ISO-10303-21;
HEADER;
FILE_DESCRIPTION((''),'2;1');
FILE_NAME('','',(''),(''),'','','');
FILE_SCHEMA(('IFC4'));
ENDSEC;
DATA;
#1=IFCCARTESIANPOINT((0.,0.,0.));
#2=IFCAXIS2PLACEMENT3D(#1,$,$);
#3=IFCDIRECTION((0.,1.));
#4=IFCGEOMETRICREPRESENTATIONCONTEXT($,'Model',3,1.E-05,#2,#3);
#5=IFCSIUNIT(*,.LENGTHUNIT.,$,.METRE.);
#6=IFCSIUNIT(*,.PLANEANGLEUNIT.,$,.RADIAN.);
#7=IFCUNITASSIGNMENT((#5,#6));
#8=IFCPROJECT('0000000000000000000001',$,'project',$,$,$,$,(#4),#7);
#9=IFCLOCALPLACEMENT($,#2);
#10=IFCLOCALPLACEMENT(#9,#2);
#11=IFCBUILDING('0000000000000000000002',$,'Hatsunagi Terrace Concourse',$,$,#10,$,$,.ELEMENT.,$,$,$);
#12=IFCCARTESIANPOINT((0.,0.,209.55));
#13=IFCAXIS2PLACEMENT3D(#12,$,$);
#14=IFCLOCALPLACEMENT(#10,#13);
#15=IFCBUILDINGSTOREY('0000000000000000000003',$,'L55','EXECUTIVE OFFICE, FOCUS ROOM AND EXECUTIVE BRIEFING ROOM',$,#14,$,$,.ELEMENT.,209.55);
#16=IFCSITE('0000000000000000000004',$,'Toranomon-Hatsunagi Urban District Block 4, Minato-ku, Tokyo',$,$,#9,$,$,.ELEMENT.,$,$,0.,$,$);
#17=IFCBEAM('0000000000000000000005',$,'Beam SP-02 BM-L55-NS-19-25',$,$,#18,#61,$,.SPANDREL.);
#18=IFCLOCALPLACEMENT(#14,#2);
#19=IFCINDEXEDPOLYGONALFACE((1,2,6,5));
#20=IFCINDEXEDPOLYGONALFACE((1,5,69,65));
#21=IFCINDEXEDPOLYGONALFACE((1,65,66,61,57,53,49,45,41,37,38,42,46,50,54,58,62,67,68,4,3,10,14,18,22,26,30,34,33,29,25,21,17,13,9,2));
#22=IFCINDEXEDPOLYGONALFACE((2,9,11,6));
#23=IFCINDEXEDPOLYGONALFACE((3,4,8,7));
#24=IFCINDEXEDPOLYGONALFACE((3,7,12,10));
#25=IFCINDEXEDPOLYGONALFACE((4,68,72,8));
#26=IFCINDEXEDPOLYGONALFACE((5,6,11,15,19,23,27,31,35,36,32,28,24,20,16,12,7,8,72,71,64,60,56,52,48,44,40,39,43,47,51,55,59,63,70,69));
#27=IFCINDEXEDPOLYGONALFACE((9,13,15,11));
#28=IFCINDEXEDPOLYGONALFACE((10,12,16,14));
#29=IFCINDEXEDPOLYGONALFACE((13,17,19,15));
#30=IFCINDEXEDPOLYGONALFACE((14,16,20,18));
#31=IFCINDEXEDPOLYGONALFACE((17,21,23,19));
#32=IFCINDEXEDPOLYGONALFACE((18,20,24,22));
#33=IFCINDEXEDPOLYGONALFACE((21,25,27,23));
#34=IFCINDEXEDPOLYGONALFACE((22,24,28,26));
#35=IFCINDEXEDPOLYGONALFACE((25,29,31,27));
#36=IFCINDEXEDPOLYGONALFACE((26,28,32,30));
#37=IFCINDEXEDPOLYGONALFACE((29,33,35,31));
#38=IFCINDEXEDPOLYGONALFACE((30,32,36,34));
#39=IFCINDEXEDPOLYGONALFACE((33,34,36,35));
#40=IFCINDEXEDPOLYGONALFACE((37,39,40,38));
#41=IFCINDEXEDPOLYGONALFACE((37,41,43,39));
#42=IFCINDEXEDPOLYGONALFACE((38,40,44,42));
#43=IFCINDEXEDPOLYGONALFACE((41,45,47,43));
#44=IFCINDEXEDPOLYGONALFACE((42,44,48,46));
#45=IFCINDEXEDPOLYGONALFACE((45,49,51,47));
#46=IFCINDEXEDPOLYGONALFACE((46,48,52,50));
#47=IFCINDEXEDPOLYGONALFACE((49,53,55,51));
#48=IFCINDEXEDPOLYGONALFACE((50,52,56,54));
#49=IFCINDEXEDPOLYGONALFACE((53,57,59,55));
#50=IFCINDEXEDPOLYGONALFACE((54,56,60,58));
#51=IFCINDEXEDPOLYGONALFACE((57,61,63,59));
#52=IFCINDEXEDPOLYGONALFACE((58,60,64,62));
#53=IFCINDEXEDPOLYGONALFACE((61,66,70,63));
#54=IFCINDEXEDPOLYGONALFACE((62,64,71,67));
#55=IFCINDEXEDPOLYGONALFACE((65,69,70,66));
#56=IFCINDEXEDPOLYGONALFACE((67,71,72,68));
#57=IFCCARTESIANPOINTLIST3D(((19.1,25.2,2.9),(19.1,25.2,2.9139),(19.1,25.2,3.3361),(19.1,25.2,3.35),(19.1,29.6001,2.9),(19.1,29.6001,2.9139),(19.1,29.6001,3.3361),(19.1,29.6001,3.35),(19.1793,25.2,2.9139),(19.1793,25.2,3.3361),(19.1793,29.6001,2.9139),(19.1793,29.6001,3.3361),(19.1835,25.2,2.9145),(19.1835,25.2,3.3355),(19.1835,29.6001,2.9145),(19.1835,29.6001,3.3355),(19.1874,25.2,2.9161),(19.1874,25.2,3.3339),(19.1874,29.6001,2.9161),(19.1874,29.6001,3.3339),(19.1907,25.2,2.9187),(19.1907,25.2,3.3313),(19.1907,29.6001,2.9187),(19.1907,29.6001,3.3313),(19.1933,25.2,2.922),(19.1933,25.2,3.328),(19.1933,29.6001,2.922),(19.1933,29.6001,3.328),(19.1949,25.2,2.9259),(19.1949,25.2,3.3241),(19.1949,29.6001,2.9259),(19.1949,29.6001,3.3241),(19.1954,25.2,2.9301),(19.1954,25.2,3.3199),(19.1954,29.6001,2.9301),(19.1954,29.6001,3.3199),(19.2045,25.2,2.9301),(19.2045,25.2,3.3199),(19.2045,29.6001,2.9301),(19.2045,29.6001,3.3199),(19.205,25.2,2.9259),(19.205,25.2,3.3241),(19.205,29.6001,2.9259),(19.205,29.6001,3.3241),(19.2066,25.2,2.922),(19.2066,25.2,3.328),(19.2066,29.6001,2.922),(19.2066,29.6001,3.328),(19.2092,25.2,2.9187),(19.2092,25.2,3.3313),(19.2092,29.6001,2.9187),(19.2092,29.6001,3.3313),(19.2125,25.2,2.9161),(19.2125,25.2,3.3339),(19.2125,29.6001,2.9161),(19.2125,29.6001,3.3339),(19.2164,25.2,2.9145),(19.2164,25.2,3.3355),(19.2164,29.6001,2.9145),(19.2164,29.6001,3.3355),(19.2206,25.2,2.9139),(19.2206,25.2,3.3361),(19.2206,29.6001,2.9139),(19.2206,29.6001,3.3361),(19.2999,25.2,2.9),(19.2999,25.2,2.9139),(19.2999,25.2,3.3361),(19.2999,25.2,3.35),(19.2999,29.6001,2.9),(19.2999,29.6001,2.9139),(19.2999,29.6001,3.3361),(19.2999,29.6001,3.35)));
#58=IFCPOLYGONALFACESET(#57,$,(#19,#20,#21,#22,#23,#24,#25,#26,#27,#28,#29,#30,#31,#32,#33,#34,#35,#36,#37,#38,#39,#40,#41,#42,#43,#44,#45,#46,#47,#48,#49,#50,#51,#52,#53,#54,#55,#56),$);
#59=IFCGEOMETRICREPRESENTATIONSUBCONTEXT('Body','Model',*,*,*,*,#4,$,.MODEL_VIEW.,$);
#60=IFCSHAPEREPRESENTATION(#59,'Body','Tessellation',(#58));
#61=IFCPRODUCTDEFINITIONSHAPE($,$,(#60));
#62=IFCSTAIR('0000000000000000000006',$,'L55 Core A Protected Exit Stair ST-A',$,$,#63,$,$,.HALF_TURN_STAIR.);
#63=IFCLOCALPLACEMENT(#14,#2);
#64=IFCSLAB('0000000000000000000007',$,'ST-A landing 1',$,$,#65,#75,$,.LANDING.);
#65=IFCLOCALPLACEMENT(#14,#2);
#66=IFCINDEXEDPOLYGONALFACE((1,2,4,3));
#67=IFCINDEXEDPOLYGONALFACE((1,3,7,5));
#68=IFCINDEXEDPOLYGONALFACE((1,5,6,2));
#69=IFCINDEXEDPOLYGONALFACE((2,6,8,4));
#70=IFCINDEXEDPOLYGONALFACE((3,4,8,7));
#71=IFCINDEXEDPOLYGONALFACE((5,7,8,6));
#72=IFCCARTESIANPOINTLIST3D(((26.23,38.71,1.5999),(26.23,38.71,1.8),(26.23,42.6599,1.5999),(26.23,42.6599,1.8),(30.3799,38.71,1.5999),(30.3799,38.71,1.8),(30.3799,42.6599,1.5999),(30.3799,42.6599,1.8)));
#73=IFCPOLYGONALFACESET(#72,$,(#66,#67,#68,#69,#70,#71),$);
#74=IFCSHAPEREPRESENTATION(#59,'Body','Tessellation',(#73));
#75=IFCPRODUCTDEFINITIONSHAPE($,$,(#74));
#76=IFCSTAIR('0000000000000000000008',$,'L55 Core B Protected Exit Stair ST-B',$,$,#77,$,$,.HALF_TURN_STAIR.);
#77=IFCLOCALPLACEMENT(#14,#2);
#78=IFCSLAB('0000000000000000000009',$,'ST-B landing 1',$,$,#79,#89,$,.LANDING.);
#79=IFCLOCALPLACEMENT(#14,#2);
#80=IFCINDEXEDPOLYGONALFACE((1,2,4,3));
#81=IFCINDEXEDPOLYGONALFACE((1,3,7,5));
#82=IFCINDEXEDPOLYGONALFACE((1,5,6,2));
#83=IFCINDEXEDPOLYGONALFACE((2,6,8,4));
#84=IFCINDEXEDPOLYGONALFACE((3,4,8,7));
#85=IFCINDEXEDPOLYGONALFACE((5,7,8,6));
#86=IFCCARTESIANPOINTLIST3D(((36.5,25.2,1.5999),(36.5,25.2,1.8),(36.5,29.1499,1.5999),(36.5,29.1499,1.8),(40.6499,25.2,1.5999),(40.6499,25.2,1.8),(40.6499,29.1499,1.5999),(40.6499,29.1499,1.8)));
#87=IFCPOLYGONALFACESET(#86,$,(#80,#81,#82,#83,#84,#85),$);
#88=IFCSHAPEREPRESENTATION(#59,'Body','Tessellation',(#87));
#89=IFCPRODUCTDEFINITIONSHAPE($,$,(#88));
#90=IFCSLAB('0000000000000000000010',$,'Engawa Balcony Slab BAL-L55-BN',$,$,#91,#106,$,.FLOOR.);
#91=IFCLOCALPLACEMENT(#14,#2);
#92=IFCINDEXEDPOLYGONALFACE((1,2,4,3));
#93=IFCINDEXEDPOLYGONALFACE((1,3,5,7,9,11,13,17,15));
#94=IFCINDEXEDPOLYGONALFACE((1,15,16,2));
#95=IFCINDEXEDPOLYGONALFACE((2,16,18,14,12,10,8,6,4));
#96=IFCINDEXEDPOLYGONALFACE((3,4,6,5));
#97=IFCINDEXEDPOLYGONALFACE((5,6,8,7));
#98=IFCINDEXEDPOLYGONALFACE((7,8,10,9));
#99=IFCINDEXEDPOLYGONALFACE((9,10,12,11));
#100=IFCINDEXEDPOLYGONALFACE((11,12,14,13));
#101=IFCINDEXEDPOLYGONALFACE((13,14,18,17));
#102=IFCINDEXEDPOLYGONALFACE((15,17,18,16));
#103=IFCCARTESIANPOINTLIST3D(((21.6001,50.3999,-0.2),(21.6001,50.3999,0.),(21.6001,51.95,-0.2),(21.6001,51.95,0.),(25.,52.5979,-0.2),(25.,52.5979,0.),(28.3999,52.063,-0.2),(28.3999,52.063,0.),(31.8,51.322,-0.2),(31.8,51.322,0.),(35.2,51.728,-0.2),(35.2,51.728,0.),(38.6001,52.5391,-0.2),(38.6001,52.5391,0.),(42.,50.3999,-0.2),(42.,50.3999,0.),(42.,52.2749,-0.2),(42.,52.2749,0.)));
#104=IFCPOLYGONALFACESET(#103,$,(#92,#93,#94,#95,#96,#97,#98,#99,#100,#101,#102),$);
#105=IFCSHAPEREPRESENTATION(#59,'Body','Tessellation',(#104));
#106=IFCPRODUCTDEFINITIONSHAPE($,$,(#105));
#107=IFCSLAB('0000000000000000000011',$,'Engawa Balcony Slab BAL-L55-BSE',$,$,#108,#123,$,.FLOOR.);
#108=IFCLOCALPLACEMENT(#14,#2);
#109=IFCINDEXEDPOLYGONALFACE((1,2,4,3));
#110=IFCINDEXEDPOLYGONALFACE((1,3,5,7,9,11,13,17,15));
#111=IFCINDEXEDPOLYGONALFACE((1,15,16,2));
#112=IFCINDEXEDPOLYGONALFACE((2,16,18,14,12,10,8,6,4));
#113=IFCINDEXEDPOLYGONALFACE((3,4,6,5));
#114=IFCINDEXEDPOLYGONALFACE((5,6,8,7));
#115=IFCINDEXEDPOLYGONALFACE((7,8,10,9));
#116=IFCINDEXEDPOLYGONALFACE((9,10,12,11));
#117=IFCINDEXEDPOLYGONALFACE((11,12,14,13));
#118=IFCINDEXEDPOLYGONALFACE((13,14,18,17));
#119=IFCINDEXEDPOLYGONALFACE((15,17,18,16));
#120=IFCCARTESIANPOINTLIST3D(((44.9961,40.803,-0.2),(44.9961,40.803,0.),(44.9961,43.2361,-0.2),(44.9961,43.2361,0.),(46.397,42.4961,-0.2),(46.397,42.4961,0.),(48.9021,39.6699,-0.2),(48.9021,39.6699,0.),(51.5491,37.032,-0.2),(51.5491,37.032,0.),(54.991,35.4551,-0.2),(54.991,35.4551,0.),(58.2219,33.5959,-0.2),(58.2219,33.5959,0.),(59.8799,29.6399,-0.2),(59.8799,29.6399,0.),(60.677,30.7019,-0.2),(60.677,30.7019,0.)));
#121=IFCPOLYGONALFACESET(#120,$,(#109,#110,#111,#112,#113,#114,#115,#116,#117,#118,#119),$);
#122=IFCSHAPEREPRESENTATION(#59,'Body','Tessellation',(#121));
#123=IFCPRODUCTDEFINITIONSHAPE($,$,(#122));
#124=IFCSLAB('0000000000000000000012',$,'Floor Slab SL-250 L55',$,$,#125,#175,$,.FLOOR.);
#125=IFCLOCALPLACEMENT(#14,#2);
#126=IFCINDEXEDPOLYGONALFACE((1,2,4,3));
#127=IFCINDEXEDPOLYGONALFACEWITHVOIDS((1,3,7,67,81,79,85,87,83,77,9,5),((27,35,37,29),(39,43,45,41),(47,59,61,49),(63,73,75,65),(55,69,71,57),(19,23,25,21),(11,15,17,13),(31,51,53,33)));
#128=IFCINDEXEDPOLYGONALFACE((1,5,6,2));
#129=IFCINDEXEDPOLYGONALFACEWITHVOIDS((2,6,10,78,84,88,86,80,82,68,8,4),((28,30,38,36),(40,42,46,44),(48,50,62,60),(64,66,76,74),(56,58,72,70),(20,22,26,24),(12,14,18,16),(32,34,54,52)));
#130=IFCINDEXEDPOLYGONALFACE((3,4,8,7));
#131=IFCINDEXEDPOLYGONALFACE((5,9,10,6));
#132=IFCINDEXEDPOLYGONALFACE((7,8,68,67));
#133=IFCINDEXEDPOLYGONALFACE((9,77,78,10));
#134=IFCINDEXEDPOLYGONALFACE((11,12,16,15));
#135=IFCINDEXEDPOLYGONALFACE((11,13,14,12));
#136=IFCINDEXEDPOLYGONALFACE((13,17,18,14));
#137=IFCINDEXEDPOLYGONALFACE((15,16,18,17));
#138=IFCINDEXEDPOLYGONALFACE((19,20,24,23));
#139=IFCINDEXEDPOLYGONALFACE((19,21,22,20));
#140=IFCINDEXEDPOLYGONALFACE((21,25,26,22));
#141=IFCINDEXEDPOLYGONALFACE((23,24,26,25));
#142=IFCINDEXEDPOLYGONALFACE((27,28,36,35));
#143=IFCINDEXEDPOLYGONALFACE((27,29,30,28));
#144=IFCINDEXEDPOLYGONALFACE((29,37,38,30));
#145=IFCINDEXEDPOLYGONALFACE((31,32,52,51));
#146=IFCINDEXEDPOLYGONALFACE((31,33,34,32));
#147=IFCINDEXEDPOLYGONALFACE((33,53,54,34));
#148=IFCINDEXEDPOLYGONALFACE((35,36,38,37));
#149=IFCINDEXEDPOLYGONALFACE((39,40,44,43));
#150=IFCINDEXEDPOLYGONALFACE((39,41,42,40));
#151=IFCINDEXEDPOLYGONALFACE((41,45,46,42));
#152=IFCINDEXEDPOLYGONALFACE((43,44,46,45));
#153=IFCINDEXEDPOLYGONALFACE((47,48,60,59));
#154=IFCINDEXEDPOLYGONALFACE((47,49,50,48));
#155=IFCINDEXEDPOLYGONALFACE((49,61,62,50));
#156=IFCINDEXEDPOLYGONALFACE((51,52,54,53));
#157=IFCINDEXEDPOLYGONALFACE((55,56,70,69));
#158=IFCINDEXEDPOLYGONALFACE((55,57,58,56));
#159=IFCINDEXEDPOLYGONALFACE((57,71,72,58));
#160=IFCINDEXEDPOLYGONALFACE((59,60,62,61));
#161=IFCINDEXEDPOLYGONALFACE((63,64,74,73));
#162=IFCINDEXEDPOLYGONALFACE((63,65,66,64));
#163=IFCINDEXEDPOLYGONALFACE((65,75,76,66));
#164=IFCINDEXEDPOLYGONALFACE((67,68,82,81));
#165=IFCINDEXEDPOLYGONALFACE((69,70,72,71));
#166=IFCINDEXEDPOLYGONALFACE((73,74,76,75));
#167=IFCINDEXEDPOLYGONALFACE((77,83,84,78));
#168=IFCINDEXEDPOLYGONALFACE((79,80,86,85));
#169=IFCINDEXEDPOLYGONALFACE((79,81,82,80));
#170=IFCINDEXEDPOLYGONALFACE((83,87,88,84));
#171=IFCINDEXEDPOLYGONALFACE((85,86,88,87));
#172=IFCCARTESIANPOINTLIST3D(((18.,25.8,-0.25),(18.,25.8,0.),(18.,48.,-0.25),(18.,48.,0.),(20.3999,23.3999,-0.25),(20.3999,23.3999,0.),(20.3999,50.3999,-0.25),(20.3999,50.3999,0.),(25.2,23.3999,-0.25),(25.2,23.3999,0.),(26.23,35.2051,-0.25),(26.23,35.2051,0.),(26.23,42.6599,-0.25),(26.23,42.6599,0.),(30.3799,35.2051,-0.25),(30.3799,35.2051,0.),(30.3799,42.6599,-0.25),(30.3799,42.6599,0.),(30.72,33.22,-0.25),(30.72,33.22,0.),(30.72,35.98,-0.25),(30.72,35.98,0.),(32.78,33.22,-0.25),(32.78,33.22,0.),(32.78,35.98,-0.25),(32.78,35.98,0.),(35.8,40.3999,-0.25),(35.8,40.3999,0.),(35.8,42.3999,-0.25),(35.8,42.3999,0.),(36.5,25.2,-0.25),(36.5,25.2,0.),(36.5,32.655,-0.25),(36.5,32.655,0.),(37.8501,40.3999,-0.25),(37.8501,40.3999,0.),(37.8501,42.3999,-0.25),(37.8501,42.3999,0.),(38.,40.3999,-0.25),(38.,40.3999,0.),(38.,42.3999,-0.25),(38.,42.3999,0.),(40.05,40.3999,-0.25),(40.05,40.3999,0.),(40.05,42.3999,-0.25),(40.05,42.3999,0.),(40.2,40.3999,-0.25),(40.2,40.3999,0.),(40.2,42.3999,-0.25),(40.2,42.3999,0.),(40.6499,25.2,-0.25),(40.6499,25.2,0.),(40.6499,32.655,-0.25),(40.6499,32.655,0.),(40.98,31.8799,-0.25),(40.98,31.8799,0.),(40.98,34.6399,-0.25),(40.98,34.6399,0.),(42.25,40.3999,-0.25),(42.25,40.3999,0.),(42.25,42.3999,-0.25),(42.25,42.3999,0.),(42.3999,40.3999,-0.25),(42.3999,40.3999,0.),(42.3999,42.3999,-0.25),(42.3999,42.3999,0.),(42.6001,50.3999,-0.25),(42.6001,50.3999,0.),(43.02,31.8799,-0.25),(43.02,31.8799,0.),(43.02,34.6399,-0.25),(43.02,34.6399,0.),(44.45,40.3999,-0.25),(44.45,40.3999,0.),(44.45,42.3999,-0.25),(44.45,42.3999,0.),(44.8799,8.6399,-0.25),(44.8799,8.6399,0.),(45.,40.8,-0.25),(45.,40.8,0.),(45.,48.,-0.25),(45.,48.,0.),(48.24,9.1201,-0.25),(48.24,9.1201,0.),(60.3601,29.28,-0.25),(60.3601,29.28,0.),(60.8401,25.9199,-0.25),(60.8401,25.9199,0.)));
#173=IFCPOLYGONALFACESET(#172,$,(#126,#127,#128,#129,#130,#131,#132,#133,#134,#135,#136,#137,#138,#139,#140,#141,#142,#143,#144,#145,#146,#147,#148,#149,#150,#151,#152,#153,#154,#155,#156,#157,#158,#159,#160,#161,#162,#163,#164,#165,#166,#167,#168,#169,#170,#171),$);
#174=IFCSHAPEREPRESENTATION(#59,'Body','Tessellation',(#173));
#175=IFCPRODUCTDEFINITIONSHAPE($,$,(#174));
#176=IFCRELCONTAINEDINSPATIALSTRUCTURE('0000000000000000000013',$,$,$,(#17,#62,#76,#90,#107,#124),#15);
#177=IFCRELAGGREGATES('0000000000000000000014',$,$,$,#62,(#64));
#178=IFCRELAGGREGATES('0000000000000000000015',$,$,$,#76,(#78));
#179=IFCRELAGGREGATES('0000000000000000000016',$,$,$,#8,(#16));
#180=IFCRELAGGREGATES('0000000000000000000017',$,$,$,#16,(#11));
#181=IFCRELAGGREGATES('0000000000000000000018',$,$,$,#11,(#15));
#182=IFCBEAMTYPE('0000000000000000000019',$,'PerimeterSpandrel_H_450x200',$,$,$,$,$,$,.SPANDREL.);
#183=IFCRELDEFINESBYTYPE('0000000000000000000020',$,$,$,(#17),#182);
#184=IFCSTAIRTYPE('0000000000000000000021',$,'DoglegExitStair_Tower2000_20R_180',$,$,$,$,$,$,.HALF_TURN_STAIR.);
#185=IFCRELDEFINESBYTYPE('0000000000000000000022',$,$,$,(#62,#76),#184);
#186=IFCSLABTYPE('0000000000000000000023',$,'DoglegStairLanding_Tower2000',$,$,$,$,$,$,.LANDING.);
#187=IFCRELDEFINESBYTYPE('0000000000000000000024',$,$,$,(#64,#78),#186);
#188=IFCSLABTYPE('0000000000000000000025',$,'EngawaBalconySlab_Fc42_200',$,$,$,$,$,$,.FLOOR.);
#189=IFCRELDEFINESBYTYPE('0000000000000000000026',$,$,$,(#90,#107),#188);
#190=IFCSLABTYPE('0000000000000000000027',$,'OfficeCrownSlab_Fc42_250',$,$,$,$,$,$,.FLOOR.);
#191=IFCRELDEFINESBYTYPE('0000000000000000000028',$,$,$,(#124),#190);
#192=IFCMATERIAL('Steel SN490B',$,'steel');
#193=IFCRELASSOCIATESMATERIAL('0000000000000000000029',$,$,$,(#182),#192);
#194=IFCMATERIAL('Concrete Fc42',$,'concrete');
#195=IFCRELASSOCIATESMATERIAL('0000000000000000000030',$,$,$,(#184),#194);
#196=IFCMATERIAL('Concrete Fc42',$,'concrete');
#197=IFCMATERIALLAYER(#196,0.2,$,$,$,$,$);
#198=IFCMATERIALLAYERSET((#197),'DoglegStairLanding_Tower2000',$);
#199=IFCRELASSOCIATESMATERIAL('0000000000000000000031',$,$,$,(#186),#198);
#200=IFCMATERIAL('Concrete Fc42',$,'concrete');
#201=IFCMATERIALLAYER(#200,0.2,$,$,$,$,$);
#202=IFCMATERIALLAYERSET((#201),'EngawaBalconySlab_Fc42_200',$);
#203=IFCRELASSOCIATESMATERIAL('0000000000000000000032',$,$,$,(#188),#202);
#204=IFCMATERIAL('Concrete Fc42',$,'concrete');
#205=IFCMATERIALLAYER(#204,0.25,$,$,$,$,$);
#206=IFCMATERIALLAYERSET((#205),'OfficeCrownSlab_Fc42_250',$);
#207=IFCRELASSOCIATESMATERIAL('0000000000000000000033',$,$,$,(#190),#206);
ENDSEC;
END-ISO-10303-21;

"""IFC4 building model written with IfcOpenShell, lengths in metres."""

from ifc_helpers import new_model, si_unit, direction, frame, origin, origin_2d, place, context, subcontext, project, spatial, polyline, i_section, outline, extrude, material, layer, layer_set, material_profile, profile_set, type_object, element, aggregate, save


model = new_model("IFC4")

# Units and contexts
model_context = context("Model", 3, precision=1e-05, world=origin(), true_north=direction((0.0, 1.0)))
body_context = subcontext(model_context, "Body", "Model", "MODEL_VIEW")
ifc_project = project(units=[si_unit("LENGTHUNIT", "METRE"), si_unit("PLANEANGLEUNIT", "RADIAN")], contexts=[model_context])

# Site, building, storey
site_placement = place(None, origin())
site = spatial("IfcSite", under=ifc_project, at=site_placement, Name="Toranomon-Hatsunagi Urban District Block 4, Minato-ku, Tokyo", CompositionType="ELEMENT", RefElevation=0.0)
building_placement = place(site_placement, origin())
building = spatial("IfcBuilding", under=site, at=building_placement, Name="Hatsunagi Terrace Concourse", CompositionType="ELEMENT")
storey_placement = place(building_placement, frame((0.0, 0.0, 209.55)))
storey = spatial("IfcBuildingStorey", under=building, at=storey_placement, Name="L55", Description="EXECUTIVE OFFICE, FOCUS ROOM AND EXECUTIVE BRIEFING ROOM", CompositionType="ELEMENT", Elevation=209.55)

# Beam
ifc_material_1 = material(Name="Steel SN490B", Category="steel")
ifc_material_profile_1 = material_profile(ifc_material_1, i_section(OverallWidth=0.2, OverallDepth=0.45, WebThickness=0.009, FlangeThickness=0.0139, FilletRadius=0.0161, at=origin_2d()), Name="H-450x200x9x14")
ifc_profile_set_1 = profile_set([ifc_material_profile_1], Name="Steel SN490B")
beam_type_1 = type_object("IfcBeamType", Name="PerimeterSpandrel_H_450x200", PredefinedType="SPANDREL", material=ifc_profile_set_1)
beam_1_placement = place(storey_placement, frame((19.2, 25.2, 3.125), z_axis=(0.0, 1.0, 0.0), x_axis=(-1.0, 0.0, 0.0)))
element("IfcBeam", 1, at=beam_1_placement, inside=storey, type_object=beam_type_1, Name="Beam SP-02 BM-L55-NS-19-25", PredefinedType="SPANDREL", context=body_context, shape_type="SweptSolid", body=[
    extrude(i_section(OverallWidth=0.2, OverallDepth=0.45, WebThickness=0.009, FlangeThickness=0.0139, FilletRadius=0.0161, at=origin_2d()), origin(), (0.0, 0.0, 1.0), 4.4001),
])

# Stairs, slabs
ifc_material_2 = material(Name="Concrete Fc42", Category="concrete")
stair_type = type_object("IfcStairType", Name="DoglegExitStair_Tower2000_20R_180", PredefinedType="HALF_TURN_STAIR", material=ifc_material_2)
stair_1_placement = place(storey_placement, origin())
stair_1 = element("IfcStair", 2, at=stair_1_placement, inside=storey, type_object=stair_type, Name="L55 Core A Protected Exit Stair ST-A", PredefinedType="HALF_TURN_STAIR")
ifc_material_3 = material(Name="Concrete Fc42", Category="concrete")
ifc_layer_1 = layer(ifc_material_3, 0.2)
ifc_layer_set_1 = layer_set([ifc_layer_1], Name="DoglegStairLanding_Tower2000")
slab_type_1 = type_object("IfcSlabType", Name="DoglegStairLanding_Tower2000", PredefinedType="LANDING", material=ifc_layer_set_1)
slab_1_placement = place(storey_placement, frame((0.0, 0.0, 1.5999)))
slab_1 = element("IfcSlab", 3, at=slab_1_placement, type_object=slab_type_1, Name="ST-A landing 1", PredefinedType="LANDING", context=body_context, shape_type="SweptSolid", body=[
    extrude(outline(polyline([(30.3799, 38.71), (30.3799, 42.6599), (26.23, 42.6599), (26.23, 38.71), (30.3799, 38.71)])), origin(), (0.0, 0.0, 1.0), 0.2002),
])
aggregate(stair_1, [slab_1])
stair_2_placement = place(storey_placement, origin())
stair_2 = element("IfcStair", 4, at=stair_2_placement, inside=storey, type_object=stair_type, Name="L55 Core B Protected Exit Stair ST-B", PredefinedType="HALF_TURN_STAIR")
slab_2_placement = place(storey_placement, frame((0.0, 0.0, 1.5999)))
slab_2 = element("IfcSlab", 5, at=slab_2_placement, type_object=slab_type_1, Name="ST-B landing 1", PredefinedType="LANDING", context=body_context, shape_type="SweptSolid", body=[
    extrude(outline(polyline([(36.5, 29.1499), (36.5, 25.2), (40.6499, 25.2), (40.6499, 29.1499), (36.5, 29.1499)])), origin(), (0.0, 0.0, 1.0), 0.2002),
])
aggregate(stair_2, [slab_2])

# Slabs
ifc_material_4 = material(Name="Concrete Fc42", Category="concrete")
ifc_layer_2 = layer(ifc_material_4, 0.2)
ifc_layer_set_2 = layer_set([ifc_layer_2], Name="EngawaBalconySlab_Fc42_200")
slab_type_2 = type_object("IfcSlabType", Name="EngawaBalconySlab_Fc42_200", PredefinedType="FLOOR", material=ifc_layer_set_2)
slab_3_placement = place(storey_placement, frame((0.0, 0.0, -0.2)))
element("IfcSlab", 6, at=slab_3_placement, inside=storey, type_object=slab_type_2, Name="Engawa Balcony Slab BAL-L55-BN", PredefinedType="FLOOR", context=body_context, shape_type="SweptSolid", body=[
    extrude(outline(polyline([(21.6001, 51.95), (21.6001, 50.3999), (42.0, 50.3999), (42.0, 52.2749), (38.6001, 52.5391), (35.2, 51.728), (31.8, 51.322), (28.3999, 52.063), (25.0, 52.5979), (21.6001, 51.95)])), origin(), (0.0, 0.0, 1.0), 0.2),
])
slab_4_placement = place(storey_placement, frame((0.0, 0.0, -0.2)))
element("IfcSlab", 7, at=slab_4_placement, inside=storey, type_object=slab_type_2, Name="Engawa Balcony Slab BAL-L55-BSE", PredefinedType="FLOOR", context=body_context, shape_type="SweptSolid", body=[
    extrude(outline(polyline([(46.397, 42.4961), (44.9961, 43.2361), (44.9961, 40.803), (59.8799, 29.6399), (60.677, 30.7019), (58.2219, 33.5959), (54.991, 35.4551), (51.5491, 37.032), (48.9021, 39.6699), (46.397, 42.4961)])), origin(), (0.0, 0.0, 1.0), 0.2),
])
ifc_material_5 = material(Name="Concrete Fc42", Category="concrete")
ifc_layer_3 = layer(ifc_material_5, 0.25)
ifc_layer_set_3 = layer_set([ifc_layer_3], Name="OfficeCrownSlab_Fc42_250")
slab_type_3 = type_object("IfcSlabType", Name="OfficeCrownSlab_Fc42_250", PredefinedType="FLOOR", material=ifc_layer_set_3)
slab_5_placement = place(storey_placement, frame((0.0, 0.0, -0.25)))
element("IfcSlab", 8, at=slab_5_placement, inside=storey, type_object=slab_type_3, Name="Floor Slab SL-250 L55", PredefinedType="FLOOR", context=body_context, shape_type="SweptSolid", body=[
    extrude(outline(polyline([(45.0, 40.8), (45.0, 48.0), (42.6001, 50.3999), (20.3999, 50.3999), (18.0, 48.0), (18.0, 25.8), (20.3999, 23.3999), (25.2, 23.3999), (44.8799, 8.6399), (48.24, 9.1201), (60.8401, 25.9199), (60.3601, 29.28), (45.0, 40.8)]), holes=[polyline([(26.23, 35.2051), (30.3799, 35.2051), (30.3799, 42.6599), (26.23, 42.6599), (26.23, 35.2051)]), polyline([(36.5, 25.2), (40.6499, 25.2), (40.6499, 32.655), (36.5, 32.655), (36.5, 25.2)]), polyline([(30.72, 33.22), (32.78, 33.22), (32.78, 35.98), (30.72, 35.98), (30.72, 33.22)]), polyline([(40.98, 31.8799), (43.02, 31.8799), (43.02, 34.6399), (40.98, 34.6399), (40.98, 31.8799)]), polyline([(35.8, 40.3999), (37.8501, 40.3999), (37.8501, 42.3999), (35.8, 42.3999), (35.8, 40.3999)]), polyline([(38.0, 40.3999), (40.05, 40.3999), (40.05, 42.3999), (38.0, 42.3999), (38.0, 40.3999)]), polyline([(40.2, 40.3999), (42.25, 40.3999), (42.25, 42.3999), (40.2, 42.3999), (40.2, 40.3999)]), polyline([(42.3999, 40.3999), (44.45, 40.3999), (44.45, 42.3999), (42.3999, 42.3999), (42.3999, 40.3999)])]), origin(), (0.0, 0.0, 1.0), 0.25),
])

save(model, "model.ifc")
